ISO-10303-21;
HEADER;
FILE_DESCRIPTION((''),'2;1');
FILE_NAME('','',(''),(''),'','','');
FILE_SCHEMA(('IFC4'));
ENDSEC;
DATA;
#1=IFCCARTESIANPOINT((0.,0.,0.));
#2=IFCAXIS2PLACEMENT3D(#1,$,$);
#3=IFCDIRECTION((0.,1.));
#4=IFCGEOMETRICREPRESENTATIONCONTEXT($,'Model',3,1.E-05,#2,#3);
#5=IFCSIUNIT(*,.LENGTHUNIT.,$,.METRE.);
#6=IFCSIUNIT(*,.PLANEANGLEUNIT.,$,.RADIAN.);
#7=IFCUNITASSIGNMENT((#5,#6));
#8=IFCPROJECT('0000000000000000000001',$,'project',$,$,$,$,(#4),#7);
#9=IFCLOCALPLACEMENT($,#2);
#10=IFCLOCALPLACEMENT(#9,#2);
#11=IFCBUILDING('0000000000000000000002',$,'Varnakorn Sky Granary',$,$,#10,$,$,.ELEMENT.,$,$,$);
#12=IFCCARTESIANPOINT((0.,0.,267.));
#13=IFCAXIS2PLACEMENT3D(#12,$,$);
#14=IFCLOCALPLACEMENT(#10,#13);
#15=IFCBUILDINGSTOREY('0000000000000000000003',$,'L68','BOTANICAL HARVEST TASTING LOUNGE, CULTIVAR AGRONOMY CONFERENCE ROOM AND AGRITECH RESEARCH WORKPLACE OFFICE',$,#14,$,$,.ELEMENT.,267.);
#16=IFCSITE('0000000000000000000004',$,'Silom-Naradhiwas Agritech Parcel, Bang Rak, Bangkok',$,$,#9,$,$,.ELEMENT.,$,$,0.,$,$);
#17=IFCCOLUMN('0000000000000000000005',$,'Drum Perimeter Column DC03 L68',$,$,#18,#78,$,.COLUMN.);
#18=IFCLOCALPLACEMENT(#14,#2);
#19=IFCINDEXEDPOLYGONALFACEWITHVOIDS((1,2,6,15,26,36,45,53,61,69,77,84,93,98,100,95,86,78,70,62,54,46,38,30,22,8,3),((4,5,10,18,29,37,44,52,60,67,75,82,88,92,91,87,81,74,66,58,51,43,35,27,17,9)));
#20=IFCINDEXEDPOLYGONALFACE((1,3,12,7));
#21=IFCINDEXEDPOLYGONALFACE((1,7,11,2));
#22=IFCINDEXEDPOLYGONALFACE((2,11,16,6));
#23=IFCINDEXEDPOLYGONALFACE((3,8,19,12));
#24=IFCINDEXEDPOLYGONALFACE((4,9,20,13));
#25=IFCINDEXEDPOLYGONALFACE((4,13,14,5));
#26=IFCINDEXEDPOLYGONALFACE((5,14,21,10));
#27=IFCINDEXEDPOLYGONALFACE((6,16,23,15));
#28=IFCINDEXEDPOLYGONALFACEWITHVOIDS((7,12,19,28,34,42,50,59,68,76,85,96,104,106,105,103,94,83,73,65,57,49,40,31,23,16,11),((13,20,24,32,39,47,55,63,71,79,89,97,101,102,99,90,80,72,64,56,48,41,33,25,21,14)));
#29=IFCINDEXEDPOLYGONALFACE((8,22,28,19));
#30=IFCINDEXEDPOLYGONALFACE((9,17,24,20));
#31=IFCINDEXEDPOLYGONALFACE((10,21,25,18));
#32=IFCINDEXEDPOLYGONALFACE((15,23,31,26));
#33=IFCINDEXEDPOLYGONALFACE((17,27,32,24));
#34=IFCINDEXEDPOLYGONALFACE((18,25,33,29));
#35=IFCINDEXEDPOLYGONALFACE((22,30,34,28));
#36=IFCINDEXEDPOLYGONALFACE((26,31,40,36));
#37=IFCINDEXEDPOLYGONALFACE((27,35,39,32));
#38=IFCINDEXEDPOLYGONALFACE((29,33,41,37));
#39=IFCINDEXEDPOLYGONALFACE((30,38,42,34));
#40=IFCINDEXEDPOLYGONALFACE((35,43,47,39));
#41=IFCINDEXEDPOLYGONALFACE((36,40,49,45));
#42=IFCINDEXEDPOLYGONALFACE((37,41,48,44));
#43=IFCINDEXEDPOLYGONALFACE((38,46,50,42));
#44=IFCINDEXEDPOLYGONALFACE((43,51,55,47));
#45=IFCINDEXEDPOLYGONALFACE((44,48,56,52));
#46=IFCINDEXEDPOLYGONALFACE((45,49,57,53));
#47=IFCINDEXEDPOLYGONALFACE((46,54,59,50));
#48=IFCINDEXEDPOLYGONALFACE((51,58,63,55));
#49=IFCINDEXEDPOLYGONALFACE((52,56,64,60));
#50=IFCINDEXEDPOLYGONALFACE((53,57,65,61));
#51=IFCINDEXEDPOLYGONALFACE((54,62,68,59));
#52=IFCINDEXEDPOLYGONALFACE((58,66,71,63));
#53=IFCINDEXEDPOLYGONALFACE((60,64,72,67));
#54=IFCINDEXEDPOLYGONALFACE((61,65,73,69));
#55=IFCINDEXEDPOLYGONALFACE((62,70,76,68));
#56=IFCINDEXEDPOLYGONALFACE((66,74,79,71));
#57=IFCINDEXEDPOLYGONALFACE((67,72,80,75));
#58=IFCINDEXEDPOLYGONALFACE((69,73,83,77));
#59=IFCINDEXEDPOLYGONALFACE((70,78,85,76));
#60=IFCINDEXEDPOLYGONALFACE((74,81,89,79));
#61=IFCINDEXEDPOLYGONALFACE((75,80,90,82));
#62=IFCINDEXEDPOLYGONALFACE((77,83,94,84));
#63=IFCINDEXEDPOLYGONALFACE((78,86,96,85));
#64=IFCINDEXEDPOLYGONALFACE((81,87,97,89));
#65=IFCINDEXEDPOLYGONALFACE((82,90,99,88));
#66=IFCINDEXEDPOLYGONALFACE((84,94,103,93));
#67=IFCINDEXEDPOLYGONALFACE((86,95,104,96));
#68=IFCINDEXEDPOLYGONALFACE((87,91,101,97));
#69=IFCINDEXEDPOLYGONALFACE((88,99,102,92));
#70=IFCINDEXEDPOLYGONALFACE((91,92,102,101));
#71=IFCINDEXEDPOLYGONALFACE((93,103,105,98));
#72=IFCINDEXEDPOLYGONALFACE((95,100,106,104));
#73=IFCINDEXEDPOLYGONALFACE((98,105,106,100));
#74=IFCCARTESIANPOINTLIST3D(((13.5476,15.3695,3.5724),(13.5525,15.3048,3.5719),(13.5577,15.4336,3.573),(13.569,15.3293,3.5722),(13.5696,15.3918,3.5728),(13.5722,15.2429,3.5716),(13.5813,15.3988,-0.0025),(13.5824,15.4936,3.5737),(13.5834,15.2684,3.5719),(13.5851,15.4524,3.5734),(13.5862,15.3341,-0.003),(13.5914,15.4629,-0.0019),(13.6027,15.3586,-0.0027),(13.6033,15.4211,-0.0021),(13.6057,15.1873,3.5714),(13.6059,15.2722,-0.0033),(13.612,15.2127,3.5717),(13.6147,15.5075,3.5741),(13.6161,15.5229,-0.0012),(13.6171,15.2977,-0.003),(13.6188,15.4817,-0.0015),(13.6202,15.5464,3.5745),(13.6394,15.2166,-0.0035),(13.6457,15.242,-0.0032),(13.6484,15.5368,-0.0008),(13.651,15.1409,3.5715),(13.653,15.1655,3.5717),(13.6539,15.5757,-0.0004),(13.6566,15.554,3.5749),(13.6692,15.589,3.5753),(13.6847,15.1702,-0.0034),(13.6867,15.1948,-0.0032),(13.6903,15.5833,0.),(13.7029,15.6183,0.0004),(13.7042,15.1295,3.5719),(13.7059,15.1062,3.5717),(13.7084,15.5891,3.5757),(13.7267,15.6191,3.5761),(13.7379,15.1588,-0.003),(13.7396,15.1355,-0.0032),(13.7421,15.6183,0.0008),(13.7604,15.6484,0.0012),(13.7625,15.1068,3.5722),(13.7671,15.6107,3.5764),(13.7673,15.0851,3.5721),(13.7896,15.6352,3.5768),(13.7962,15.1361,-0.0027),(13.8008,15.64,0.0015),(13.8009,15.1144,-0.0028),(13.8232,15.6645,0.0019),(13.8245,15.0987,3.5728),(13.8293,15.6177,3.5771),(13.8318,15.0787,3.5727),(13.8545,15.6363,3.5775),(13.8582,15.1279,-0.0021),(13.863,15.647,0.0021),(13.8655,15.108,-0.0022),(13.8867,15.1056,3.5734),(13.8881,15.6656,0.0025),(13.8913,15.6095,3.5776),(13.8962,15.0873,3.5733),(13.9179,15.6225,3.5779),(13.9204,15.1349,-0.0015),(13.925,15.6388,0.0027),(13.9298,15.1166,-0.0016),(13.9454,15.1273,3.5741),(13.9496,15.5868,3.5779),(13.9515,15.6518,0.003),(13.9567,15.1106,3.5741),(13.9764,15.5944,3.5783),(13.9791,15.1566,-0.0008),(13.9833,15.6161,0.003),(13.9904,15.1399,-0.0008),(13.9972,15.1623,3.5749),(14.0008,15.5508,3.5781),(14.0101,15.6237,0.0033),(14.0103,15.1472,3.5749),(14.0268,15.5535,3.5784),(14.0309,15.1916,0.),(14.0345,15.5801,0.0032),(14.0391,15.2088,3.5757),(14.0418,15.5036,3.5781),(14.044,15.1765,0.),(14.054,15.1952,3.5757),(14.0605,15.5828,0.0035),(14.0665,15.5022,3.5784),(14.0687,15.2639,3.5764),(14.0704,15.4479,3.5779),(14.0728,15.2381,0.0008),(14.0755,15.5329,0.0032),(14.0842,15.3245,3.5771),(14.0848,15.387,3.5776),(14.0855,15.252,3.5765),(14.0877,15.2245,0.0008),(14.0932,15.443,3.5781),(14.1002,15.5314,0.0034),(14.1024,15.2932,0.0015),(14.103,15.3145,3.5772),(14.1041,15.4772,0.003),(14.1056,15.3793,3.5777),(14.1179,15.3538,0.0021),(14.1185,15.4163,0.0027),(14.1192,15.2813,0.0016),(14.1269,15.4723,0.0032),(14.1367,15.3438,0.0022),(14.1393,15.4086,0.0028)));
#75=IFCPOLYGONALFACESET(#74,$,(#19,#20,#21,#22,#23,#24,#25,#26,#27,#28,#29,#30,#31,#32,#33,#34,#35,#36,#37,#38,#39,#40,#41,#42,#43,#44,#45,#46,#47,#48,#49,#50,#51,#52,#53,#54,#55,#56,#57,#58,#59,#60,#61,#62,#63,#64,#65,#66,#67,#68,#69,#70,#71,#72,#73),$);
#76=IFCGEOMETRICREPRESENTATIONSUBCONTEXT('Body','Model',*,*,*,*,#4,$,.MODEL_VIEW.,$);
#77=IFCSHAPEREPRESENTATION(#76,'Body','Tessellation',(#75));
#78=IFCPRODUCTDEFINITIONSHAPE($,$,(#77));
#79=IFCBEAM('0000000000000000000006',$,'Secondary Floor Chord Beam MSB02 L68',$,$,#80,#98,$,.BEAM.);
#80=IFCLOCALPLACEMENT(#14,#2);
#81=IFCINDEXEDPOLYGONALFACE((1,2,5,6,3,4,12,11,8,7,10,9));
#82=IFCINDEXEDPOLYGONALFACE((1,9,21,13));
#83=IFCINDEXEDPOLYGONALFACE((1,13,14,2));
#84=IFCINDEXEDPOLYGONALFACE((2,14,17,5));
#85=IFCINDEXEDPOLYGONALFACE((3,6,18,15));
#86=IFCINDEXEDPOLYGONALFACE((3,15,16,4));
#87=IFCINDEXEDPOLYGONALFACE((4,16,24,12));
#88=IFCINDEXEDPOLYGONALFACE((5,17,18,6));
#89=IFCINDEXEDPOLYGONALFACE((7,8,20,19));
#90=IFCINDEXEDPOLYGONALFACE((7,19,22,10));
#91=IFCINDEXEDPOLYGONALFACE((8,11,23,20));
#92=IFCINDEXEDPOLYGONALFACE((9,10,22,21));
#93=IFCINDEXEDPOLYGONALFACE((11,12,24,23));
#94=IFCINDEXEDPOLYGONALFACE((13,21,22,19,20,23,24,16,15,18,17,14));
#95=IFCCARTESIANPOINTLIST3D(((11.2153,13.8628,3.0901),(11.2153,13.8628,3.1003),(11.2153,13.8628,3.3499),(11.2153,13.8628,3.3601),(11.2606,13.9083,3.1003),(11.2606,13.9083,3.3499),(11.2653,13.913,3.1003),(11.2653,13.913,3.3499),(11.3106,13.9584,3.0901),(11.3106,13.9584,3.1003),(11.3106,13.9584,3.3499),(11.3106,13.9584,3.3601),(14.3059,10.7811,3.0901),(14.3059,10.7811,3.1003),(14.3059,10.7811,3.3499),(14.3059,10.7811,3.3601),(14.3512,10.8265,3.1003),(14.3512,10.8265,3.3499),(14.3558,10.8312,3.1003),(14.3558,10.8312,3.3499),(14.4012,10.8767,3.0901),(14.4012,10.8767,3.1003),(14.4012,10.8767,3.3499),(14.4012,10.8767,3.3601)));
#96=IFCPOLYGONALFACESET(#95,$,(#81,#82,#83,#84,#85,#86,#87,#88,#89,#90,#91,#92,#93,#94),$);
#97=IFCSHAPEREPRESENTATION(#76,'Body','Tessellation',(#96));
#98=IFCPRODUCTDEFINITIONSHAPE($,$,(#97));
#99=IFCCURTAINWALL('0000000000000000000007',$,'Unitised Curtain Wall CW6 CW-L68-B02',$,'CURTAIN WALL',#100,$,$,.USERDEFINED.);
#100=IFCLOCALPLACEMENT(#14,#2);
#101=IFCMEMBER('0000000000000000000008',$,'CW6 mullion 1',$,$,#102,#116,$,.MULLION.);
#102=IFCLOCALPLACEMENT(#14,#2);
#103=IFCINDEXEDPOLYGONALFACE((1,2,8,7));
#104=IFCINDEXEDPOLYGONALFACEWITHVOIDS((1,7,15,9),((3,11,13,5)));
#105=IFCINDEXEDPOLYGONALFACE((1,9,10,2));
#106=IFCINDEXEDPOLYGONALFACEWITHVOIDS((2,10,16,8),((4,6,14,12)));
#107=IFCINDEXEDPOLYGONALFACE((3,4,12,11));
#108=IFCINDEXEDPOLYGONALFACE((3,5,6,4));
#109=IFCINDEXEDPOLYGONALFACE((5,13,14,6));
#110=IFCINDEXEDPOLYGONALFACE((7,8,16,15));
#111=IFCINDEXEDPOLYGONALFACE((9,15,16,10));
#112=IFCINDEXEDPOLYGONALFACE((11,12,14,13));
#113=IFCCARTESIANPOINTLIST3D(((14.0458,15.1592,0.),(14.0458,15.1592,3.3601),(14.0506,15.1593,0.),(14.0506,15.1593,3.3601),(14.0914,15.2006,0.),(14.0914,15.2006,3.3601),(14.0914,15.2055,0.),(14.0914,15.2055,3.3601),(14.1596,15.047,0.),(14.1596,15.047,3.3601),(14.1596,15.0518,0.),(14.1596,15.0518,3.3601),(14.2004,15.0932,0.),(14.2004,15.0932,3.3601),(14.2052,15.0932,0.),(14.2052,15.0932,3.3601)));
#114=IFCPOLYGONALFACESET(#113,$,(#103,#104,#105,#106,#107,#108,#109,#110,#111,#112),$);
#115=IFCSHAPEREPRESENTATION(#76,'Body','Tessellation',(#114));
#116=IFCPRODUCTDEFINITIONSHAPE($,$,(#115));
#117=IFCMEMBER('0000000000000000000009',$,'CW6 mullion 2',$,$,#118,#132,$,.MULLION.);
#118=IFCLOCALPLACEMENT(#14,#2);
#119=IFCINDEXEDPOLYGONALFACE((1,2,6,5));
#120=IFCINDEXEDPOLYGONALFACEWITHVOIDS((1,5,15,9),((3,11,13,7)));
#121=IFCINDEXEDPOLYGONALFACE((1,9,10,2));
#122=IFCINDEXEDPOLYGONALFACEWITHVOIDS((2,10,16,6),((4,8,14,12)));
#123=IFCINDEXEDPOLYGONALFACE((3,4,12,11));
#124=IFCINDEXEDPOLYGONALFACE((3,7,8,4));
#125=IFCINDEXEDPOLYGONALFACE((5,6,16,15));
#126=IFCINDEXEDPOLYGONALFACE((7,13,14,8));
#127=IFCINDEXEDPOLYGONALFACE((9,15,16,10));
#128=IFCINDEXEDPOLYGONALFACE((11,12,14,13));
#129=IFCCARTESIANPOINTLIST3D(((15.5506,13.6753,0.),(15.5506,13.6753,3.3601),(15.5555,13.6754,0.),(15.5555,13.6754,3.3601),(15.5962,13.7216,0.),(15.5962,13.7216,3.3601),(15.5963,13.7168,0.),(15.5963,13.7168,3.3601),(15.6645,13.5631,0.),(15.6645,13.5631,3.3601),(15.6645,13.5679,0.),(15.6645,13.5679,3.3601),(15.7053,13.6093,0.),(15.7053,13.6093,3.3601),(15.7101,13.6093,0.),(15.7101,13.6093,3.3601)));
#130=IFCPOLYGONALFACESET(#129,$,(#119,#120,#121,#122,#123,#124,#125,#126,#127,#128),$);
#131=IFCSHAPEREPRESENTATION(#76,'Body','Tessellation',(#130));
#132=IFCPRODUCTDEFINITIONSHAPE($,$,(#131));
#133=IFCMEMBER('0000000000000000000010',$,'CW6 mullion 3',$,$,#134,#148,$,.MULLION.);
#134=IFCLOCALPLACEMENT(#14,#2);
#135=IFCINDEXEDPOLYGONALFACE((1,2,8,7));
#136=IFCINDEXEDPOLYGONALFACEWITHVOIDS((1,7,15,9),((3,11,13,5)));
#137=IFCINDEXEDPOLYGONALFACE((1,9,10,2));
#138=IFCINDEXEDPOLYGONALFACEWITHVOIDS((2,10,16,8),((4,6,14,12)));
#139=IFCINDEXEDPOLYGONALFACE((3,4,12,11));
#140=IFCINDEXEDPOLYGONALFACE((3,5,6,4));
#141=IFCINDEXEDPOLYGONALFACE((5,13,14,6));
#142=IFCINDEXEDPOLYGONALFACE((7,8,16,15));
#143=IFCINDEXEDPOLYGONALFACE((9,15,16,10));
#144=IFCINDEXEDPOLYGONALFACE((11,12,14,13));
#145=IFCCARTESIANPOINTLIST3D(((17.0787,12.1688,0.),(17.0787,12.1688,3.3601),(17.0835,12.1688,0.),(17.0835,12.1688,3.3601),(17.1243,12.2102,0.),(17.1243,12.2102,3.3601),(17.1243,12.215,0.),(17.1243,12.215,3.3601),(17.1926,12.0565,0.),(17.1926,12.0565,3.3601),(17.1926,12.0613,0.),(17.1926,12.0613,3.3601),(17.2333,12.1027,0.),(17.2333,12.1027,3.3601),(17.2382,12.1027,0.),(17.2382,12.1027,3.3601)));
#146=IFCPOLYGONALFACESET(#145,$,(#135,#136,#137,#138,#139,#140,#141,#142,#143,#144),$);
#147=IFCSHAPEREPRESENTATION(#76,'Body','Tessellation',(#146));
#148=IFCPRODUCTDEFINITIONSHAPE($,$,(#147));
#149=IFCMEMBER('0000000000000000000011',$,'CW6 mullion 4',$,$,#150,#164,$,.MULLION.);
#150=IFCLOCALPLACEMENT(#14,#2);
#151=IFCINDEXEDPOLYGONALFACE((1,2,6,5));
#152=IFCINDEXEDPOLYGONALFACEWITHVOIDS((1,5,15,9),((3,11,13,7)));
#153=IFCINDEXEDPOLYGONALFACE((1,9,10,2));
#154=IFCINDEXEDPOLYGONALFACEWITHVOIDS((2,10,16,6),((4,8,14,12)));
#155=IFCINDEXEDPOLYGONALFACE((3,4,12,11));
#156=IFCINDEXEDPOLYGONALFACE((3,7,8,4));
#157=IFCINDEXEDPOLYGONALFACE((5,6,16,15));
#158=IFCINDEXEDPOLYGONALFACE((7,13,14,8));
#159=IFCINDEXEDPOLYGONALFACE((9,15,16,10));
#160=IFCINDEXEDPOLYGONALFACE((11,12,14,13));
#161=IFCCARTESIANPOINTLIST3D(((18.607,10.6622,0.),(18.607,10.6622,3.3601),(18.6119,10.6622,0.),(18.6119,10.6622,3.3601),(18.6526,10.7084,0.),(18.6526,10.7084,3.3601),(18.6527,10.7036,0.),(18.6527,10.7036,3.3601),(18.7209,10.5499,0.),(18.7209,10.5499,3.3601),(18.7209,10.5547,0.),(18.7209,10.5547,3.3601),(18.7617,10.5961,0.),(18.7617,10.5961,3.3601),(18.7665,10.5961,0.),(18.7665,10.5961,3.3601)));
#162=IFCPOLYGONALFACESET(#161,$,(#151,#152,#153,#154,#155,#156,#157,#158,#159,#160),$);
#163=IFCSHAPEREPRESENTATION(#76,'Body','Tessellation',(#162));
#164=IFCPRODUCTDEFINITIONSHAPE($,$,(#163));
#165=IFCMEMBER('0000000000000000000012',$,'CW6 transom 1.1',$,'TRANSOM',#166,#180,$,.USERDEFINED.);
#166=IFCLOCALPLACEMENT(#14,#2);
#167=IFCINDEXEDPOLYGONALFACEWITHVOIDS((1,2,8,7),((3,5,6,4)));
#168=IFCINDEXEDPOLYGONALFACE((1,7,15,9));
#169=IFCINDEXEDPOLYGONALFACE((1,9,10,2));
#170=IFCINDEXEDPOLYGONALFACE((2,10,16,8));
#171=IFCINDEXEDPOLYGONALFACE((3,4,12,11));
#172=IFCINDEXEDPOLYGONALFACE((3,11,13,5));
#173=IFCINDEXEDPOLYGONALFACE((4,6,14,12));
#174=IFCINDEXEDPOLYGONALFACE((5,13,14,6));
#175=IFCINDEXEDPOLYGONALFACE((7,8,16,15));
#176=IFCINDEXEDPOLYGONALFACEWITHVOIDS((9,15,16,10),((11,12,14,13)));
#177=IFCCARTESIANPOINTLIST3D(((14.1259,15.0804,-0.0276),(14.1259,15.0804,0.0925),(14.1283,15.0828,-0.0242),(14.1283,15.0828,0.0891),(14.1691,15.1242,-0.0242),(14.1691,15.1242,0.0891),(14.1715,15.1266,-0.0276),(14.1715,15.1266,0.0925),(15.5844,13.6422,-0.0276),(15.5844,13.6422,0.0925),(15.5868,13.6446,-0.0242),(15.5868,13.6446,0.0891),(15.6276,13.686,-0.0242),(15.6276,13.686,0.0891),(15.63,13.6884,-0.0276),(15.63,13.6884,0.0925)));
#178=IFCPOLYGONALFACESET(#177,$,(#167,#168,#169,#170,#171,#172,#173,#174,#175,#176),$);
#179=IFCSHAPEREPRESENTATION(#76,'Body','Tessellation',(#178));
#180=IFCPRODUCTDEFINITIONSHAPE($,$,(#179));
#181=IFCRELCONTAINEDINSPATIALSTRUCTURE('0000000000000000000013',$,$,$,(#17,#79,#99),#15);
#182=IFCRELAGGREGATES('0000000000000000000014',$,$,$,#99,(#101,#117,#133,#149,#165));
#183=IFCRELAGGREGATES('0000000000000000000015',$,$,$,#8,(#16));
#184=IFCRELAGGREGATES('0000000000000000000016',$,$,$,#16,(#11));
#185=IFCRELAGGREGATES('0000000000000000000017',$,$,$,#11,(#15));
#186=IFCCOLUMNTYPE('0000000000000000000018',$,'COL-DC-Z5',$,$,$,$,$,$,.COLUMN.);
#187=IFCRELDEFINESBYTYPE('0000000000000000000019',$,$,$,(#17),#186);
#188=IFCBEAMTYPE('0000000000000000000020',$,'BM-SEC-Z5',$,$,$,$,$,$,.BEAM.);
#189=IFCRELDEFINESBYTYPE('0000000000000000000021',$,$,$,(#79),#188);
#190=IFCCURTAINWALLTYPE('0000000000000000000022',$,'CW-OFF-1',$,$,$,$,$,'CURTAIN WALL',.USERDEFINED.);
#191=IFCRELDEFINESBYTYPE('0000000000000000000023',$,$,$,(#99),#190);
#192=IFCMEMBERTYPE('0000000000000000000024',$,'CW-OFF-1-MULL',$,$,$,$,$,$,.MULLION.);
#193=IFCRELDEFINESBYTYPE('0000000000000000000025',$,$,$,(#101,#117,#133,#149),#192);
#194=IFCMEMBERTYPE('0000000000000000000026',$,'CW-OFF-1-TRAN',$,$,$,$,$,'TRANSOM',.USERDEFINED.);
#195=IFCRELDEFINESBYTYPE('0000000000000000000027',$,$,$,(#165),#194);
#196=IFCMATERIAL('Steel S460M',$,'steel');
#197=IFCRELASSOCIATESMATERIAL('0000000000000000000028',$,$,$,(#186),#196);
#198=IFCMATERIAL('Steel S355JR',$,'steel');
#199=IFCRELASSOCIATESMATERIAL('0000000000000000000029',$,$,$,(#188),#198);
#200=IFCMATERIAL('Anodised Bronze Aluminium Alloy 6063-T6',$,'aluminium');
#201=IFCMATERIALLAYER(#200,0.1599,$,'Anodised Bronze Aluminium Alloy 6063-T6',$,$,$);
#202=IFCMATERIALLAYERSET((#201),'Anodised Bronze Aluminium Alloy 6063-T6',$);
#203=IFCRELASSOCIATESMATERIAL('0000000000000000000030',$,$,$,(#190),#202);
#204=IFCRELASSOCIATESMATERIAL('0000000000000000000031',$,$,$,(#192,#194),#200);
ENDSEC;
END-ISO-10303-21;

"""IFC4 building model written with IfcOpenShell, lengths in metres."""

from ifc_helpers import new_model, si_unit, direction, frame, origin, origin_2d, place, context, subcontext, project, spatial, hollow_rectangle, hollow_circle, i_section, extrude, material, layer, layer_set, material_profile, profile_set, type_object, element, aggregate, save


model = new_model("IFC4")

# Units and contexts
model_context = context("Model", 3, precision=1e-05, world=origin(), true_north=direction((0.0, 1.0)))
body_context = subcontext(model_context, "Body", "Model", "MODEL_VIEW")
ifc_project = project(units=[si_unit("LENGTHUNIT", "METRE"), si_unit("PLANEANGLEUNIT", "RADIAN")], contexts=[model_context])

# Site, building, storey
site_placement = place(None, origin())
site = spatial("IfcSite", under=ifc_project, at=site_placement, Name="Silom-Naradhiwas Agritech Parcel, Bang Rak, Bangkok", CompositionType="ELEMENT", RefElevation=0.0)
building_placement = place(site_placement, origin())
building = spatial("IfcBuilding", under=site, at=building_placement, Name="Varnakorn Sky Granary", CompositionType="ELEMENT")
storey_placement = place(building_placement, frame((0.0, 0.0, 267.0)))
storey = spatial("IfcBuildingStorey", under=building, at=storey_placement, Name="L68", Description="BOTANICAL HARVEST TASTING LOUNGE, CULTIVAR AGRONOMY CONFERENCE ROOM AND AGRITECH RESEARCH WORKPLACE OFFICE", CompositionType="ELEMENT", Elevation=267.0)

# Column
ifc_material_1 = material(Name="Steel S460M", Category="steel")
ifc_material_profile_1 = material_profile(ifc_material_1, hollow_circle(Radius=0.2795, WallThickness=0.02, at=origin_2d()), Name="CHS 559x20")
ifc_profile_set_1 = profile_set([ifc_material_profile_1], Name="Steel S460M")
column_type = type_object("IfcColumnType", Name="COL-DC-Z5", PredefinedType="COLUMN", material=ifc_profile_set_1)
column_placement = place(storey_placement, frame((13.8606, 15.3875, 0.0), z_axis=(-0.009424, -0.008194, 0.999922), x_axis=(0.656179, -0.754606, 0.0)))
element("IfcColumn", 1, at=column_placement, inside=storey, type_object=column_type, Name="Drum Perimeter Column DC03 L68", PredefinedType="COLUMN", context=body_context, shape_type="SweptSolid", body=[
    extrude(hollow_circle(Radius=0.2795, WallThickness=0.02, at=origin_2d()), origin(), (0.0, 0.0, 1.0), 3.5752),
])

# Beam
ifc_material_2 = material(Name="Steel S355JR", Category="steel")
ifc_material_profile_2 = material_profile(ifc_material_2, i_section(OverallWidth=0.135, OverallDepth=0.27, WebThickness=0.0066, FlangeThickness=0.0103, at=origin_2d()), Name="IPE 270")
ifc_profile_set_2 = profile_set([ifc_material_profile_2], Name="Steel S355JR")
beam_type = type_object("IfcBeamType", Name="BM-SEC-Z5", PredefinedType="BEAM", material=ifc_profile_set_2)
beam_placement = place(storey_placement, frame((14.3535, 10.8289, 3.2251), z_axis=(-0.708113, 0.706099, 0.0), x_axis=(-0.706099, -0.708113, 0.0)))
element("IfcBeam", 2, at=beam_placement, inside=storey, type_object=beam_type, Name="Secondary Floor Chord Beam MSB02 L68", PredefinedType="BEAM", context=body_context, shape_type="SweptSolid", body=[
    extrude(i_section(OverallWidth=0.135, OverallDepth=0.27, WebThickness=0.0066, FlangeThickness=0.0103, at=origin_2d()), origin(), (0.0, 0.0, 1.0), 4.3645),
])

# Curtain wall, members
ifc_material_3 = material(Name="Anodised Bronze Aluminium Alloy 6063-T6", Category="aluminium")
ifc_layer_1 = layer(ifc_material_3, 0.1599, Name="Anodised Bronze Aluminium Alloy 6063-T6")
ifc_layer_set_1 = layer_set([ifc_layer_1], Name="Anodised Bronze Aluminium Alloy 6063-T6")
curtain_wall_type = type_object("IfcCurtainWallType", Name="CW-OFF-1", ElementType="CURTAIN WALL", PredefinedType="USERDEFINED", material=ifc_layer_set_1)
curtain_wall_placement = place(storey_placement, origin())
curtain_wall = element("IfcCurtainWall", 3, at=curtain_wall_placement, inside=storey, type_object=curtain_wall_type, Name="Unitised Curtain Wall CW6 CW-L68-B02", ObjectType="CURTAIN WALL", PredefinedType="USERDEFINED")
ifc_material_profile_3 = material_profile(ifc_material_3, hollow_rectangle(XDim=0.0649, YDim=0.1599, WallThickness=0.0034, at=origin_2d()), Name="ALU MULL 65x160")
ifc_profile_set_3 = profile_set([ifc_material_profile_3], Name="Anodised Bronze Aluminium Alloy 6063-T6")
member_type_1 = type_object("IfcMemberType", Name="CW-OFF-1-MULL", PredefinedType="MULLION", material=ifc_profile_set_3)
member_1_placement = place(storey_placement, frame((14.1255, 15.1262, 0.0), z_axis=(0.0, 0.0, 1.0), x_axis=(0.702091, 0.712087, 0.0)))
member_1 = element("IfcMember", 4, at=member_1_placement, type_object=member_type_1, Name="CW6 mullion 1", PredefinedType="MULLION", context=body_context, shape_type="SweptSolid", body=[
    extrude(hollow_rectangle(XDim=0.0649, YDim=0.1599, WallThickness=0.0034, at=origin_2d()), origin(), (0.0, 0.0, 1.0), 3.3601),
])
member_2_placement = place(storey_placement, frame((15.6304, 13.6423, 0.0), z_axis=(0.0, 0.0, 1.0), x_axis=(0.702091, 0.712087, 0.0)))
member_2 = element("IfcMember", 5, at=member_2_placement, type_object=member_type_1, Name="CW6 mullion 2", PredefinedType="MULLION", context=body_context, shape_type="SweptSolid", body=[
    extrude(hollow_rectangle(XDim=0.0649, YDim=0.1599, WallThickness=0.0034, at=origin_2d()), origin(), (0.0, 0.0, 1.0), 3.3601),
])
member_3_placement = place(storey_placement, frame((17.1584, 12.1357, 0.0), z_axis=(0.0, 0.0, 1.0), x_axis=(0.702091, 0.712087, 0.0)))
member_3 = element("IfcMember", 6, at=member_3_placement, type_object=member_type_1, Name="CW6 mullion 3", PredefinedType="MULLION", context=body_context, shape_type="SweptSolid", body=[
    extrude(hollow_rectangle(XDim=0.0649, YDim=0.1599, WallThickness=0.0034, at=origin_2d()), origin(), (0.0, 0.0, 1.0), 3.3601),
])
member_4_placement = place(storey_placement, frame((18.6868, 10.6292, 0.0), z_axis=(0.0, 0.0, 1.0), x_axis=(0.702091, 0.712087, 0.0)))
member_4 = element("IfcMember", 7, at=member_4_placement, type_object=member_type_1, Name="CW6 mullion 4", PredefinedType="MULLION", context=body_context, shape_type="SweptSolid", body=[
    extrude(hollow_rectangle(XDim=0.0649, YDim=0.1599, WallThickness=0.0034, at=origin_2d()), origin(), (0.0, 0.0, 1.0), 3.3601),
])
ifc_material_profile_4 = material_profile(ifc_material_3, hollow_rectangle(XDim=0.0649, YDim=0.1201, WallThickness=0.0034, at=origin_2d()), Name="ALU TRAN 65x120")
ifc_profile_set_4 = profile_set([ifc_material_profile_4], Name="Anodised Bronze Aluminium Alloy 6063-T6")
member_type_2 = type_object("IfcMemberType", Name="CW-OFF-1-TRAN", ElementType="TRANSOM", PredefinedType="USERDEFINED", material=ifc_profile_set_4)
member_5_placement = place(storey_placement, frame((14.1487, 15.1035, 0.0325), z_axis=(0.712036, -0.702143, 0.0), x_axis=(0.702143, 0.712036, 0.0)))
member_5 = element("IfcMember", 8, at=member_5_placement, type_object=member_type_2, Name="CW6 transom 1.1", ObjectType="TRANSOM", PredefinedType="USERDEFINED", context=body_context, shape_type="SweptSolid", body=[
    extrude(hollow_rectangle(XDim=0.0649, YDim=0.1201, WallThickness=0.0034, at=origin_2d()), origin(), (0.0, 0.0, 1.0), 2.0483),
])

aggregate(curtain_wall, [member_1, member_2, member_3, member_4, member_5])

save(model, "model.ifc")
